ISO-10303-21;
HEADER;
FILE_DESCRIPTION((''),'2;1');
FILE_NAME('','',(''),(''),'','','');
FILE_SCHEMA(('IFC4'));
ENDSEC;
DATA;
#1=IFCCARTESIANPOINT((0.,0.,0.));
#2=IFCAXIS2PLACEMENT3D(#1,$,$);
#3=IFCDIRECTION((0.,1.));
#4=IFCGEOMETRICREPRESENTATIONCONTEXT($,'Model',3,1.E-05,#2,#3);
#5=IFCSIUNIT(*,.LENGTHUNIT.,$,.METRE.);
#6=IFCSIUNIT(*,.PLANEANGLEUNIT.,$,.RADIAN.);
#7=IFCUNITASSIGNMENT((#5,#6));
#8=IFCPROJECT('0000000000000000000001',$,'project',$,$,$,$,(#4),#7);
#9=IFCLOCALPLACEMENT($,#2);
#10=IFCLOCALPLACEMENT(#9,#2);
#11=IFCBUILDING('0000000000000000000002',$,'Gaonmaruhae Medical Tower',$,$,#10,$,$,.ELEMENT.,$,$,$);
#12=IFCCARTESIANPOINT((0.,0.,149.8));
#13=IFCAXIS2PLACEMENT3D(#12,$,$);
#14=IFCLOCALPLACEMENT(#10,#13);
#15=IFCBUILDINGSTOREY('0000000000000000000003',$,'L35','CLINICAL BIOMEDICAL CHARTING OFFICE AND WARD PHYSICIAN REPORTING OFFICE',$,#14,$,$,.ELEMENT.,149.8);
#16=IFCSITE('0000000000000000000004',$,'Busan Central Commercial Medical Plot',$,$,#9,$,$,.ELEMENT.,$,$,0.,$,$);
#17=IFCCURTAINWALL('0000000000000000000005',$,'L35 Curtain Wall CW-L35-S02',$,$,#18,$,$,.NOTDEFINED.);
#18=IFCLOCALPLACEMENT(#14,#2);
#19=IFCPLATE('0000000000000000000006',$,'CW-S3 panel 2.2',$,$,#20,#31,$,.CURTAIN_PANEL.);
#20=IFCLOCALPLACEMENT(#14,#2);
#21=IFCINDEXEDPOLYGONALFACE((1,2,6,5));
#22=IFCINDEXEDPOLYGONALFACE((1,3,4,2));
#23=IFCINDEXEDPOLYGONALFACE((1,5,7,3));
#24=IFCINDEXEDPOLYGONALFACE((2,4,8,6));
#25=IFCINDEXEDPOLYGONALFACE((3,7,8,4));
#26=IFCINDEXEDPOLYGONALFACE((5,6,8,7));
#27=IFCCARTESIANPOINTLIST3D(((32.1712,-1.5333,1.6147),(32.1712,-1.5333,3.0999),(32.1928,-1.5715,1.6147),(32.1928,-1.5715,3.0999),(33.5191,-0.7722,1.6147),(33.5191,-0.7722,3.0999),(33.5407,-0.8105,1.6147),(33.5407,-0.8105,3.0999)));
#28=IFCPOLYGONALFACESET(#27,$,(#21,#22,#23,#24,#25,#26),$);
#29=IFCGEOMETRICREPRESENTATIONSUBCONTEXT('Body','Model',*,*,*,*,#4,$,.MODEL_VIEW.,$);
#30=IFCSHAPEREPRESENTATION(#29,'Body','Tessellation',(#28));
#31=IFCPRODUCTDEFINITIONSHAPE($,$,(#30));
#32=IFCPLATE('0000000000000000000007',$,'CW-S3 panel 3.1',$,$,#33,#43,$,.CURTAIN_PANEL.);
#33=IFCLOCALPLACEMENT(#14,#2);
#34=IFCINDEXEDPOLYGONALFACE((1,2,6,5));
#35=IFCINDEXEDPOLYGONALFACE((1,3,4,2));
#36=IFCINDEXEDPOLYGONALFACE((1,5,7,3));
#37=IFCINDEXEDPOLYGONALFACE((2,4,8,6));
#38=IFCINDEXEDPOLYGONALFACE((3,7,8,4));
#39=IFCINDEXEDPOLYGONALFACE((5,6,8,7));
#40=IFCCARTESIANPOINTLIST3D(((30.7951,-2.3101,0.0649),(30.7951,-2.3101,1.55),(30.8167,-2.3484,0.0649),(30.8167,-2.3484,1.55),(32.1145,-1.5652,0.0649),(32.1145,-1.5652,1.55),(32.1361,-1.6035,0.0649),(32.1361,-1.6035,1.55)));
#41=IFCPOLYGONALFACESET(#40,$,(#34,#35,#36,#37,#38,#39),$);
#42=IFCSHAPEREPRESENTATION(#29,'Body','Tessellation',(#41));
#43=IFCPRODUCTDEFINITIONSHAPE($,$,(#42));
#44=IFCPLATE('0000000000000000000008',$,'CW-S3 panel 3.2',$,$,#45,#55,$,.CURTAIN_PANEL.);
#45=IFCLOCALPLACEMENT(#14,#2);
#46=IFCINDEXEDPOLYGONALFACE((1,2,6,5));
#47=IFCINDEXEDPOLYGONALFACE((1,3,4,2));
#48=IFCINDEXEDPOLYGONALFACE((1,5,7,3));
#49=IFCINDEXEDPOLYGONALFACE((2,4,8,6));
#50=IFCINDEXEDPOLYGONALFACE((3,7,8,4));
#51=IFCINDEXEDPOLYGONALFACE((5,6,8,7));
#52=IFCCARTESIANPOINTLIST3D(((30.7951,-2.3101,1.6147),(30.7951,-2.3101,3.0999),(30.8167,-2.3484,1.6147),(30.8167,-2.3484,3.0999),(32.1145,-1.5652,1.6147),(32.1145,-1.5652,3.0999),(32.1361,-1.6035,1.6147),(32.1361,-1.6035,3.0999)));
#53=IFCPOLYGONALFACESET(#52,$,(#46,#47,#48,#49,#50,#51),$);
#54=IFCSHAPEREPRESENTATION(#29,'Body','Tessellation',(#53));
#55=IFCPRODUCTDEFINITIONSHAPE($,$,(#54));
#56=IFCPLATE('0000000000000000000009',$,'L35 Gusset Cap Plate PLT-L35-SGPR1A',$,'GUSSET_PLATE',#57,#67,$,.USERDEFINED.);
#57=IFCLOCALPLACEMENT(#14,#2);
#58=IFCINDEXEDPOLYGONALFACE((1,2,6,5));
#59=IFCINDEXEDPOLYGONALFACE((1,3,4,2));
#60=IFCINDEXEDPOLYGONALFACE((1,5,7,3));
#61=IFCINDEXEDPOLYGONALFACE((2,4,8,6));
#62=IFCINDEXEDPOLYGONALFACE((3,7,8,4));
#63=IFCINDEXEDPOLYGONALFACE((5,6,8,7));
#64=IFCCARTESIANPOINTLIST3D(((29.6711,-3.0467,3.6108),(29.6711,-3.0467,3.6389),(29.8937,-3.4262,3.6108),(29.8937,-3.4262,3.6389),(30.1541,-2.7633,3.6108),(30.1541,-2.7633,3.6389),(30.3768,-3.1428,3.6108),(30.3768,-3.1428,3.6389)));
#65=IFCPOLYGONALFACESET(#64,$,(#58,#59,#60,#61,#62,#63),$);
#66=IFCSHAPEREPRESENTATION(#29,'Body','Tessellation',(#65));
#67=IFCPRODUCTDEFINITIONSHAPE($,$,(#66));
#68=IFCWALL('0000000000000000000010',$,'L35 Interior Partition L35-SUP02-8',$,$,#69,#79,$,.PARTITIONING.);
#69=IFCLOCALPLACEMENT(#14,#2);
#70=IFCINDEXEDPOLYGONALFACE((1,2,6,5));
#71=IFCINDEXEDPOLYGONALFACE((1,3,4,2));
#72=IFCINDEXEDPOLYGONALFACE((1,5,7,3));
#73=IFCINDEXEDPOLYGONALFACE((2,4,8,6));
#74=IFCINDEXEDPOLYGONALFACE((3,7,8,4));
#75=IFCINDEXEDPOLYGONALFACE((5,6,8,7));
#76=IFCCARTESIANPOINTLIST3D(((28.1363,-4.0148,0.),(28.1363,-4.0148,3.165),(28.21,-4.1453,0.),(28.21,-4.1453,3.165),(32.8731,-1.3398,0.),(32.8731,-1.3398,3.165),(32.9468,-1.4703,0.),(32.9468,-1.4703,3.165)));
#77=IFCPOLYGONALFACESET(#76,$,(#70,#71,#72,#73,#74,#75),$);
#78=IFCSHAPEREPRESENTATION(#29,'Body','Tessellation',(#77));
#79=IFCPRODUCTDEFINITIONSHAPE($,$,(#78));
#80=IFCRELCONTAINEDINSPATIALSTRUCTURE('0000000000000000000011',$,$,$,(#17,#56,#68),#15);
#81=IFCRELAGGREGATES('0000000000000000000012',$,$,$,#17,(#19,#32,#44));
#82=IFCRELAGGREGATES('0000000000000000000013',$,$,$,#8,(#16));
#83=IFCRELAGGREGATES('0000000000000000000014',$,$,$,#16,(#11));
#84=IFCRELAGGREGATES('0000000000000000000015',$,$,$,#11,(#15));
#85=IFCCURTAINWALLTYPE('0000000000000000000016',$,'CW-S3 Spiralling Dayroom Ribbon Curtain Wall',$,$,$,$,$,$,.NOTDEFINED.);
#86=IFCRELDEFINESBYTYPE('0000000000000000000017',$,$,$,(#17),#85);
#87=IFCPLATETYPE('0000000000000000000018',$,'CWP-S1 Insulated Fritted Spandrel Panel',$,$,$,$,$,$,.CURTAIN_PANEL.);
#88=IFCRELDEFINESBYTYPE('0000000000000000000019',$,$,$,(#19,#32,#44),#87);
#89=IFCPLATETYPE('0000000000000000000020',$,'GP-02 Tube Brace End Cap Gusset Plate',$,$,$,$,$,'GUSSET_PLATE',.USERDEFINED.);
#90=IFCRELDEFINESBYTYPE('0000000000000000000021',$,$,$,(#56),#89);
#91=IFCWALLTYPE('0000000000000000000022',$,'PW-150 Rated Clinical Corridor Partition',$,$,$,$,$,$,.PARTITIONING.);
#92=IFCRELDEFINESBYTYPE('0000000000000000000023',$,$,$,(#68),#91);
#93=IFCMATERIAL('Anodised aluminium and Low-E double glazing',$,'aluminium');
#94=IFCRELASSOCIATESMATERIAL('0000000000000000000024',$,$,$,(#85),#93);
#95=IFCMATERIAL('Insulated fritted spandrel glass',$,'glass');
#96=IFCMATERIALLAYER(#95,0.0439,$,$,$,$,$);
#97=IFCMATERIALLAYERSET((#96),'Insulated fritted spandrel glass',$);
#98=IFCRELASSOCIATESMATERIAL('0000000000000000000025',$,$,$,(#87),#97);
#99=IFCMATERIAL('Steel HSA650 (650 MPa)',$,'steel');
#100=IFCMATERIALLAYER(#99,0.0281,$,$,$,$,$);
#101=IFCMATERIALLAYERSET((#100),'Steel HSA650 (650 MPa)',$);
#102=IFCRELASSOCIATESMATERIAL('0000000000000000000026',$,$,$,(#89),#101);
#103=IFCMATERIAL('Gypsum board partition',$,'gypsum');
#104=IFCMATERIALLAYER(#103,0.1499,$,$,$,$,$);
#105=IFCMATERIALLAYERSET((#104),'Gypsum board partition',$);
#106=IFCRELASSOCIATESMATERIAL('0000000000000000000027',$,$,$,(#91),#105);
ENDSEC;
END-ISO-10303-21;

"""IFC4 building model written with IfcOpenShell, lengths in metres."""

from ifc_helpers import new_model, si_unit, direction, frame, frame_2d, origin, origin_2d, place, context, subcontext, project, spatial, rectangle, extrude, material, layer, layer_set, type_object, element, aggregate, save


model = new_model("IFC4")

# Units and contexts
model_context = context("Model", 3, precision=1e-05, world=origin(), true_north=direction((0.0, 1.0)))
body_context = subcontext(model_context, "Body", "Model", "MODEL_VIEW")
ifc_project = project(units=[si_unit("LENGTHUNIT", "METRE"), si_unit("PLANEANGLEUNIT", "RADIAN")], contexts=[model_context])

# Site, building, storey
site_placement = place(None, origin())
site = spatial("IfcSite", under=ifc_project, at=site_placement, Name="Busan Central Commercial Medical Plot", CompositionType="ELEMENT", RefElevation=0.0)
building_placement = place(site_placement, origin())
building = spatial("IfcBuilding", under=site, at=building_placement, Name="Gaonmaruhae Medical Tower", CompositionType="ELEMENT")
storey_placement = place(building_placement, frame((0.0, 0.0, 149.8)))
storey = spatial("IfcBuildingStorey", under=building, at=storey_placement, Name="L35", Description="CLINICAL BIOMEDICAL CHARTING OFFICE AND WARD PHYSICIAN REPORTING OFFICE", CompositionType="ELEMENT", Elevation=149.8)

# Shared definitions
ifc_material_1 = material(Name="Anodised aluminium and Low-E double glazing", Category="aluminium")

# Curtain wall
curtain_wall_type_1 = type_object("IfcCurtainWallType", Name="CW-S3 Spiralling Dayroom Ribbon Curtain Wall", PredefinedType="NOTDEFINED", material=ifc_material_1)
curtain_wall_1_placement = place(storey_placement, origin())
curtain_wall_1 = element("IfcCurtainWall", 1, at=curtain_wall_1_placement, inside=storey, type_object=curtain_wall_type_1, Name="L35 Curtain Wall CW-L35-S02", PredefinedType="NOTDEFINED")

# Plates
ifc_material_2 = material(Name="Insulated fritted spandrel glass", Category="glass")
ifc_layer_1 = layer(ifc_material_2, 0.0439)
ifc_layer_set_1 = layer_set([ifc_layer_1], Name="Insulated fritted spandrel glass")
plate_type_1 = type_object("IfcPlateType", Name="CWP-S1 Insulated Fritted Spandrel Panel", PredefinedType="CURTAIN_PANEL", material=ifc_layer_set_1)
plate_1_placement = place(storey_placement, frame((32.856, -1.1719, 1.6147), z_axis=(0.0, 0.0, 1.0), x_axis=(-0.870786, -0.491663, 0.0)))
plate_1 = element("IfcPlate", 2, at=plate_1_placement, type_object=plate_type_1, Name="CW-S3 panel 2.2", PredefinedType="CURTAIN_PANEL", context=body_context, shape_type="SweptSolid", body=[
    extrude(rectangle(XDim=1.5479, YDim=0.0439, at=origin_2d()), origin(), (0.0, 0.0, 1.0), 1.4851),
])
plate_2_placement = place(storey_placement, frame((31.4656, -1.9568, 0.0649), z_axis=(0.0, 0.0, 1.0), x_axis=(-0.870786, -0.491663, 0.0)))
plate_2 = element("IfcPlate", 3, at=plate_2_placement, type_object=plate_type_1, Name="CW-S3 panel 3.1", PredefinedType="CURTAIN_PANEL", context=body_context, shape_type="SweptSolid", body=[
    extrude(rectangle(XDim=1.5151, YDim=0.0439, at=origin_2d()), origin(), (0.0, 0.0, 1.0), 1.4851),
])
plate_3_placement = place(storey_placement, frame((31.4656, -1.9568, 1.6147), z_axis=(0.0, 0.0, 1.0), x_axis=(-0.870786, -0.491663, 0.0)))
plate_3 = element("IfcPlate", 4, at=plate_3_placement, type_object=plate_type_1, Name="CW-S3 panel 3.2", PredefinedType="CURTAIN_PANEL", context=body_context, shape_type="SweptSolid", body=[
    extrude(rectangle(XDim=1.5151, YDim=0.0439, at=origin_2d()), origin(), (0.0, 0.0, 1.0), 1.4851),
])
aggregate(curtain_wall_1, [plate_1, plate_2, plate_3])
ifc_material_3 = material(Name="Steel HSA650 (650 MPa)", Category="steel")
ifc_layer_2 = layer(ifc_material_3, 0.0281)
ifc_layer_set_2 = layer_set([ifc_layer_2], Name="Steel HSA650 (650 MPa)")
plate_type_2 = type_object("IfcPlateType", Name="GP-02 Tube Brace End Cap Gusset Plate", ElementType="GUSSET_PLATE", PredefinedType="USERDEFINED", material=ifc_layer_set_2)
plate_4_placement = place(storey_placement, frame((30.0239, -3.0947, 3.6108), z_axis=(0.0, 0.0, 1.0), x_axis=(0.862514, 0.506034, 0.0)))
element("IfcPlate", 5, at=plate_4_placement, inside=storey, type_object=plate_type_2, Name="L35 Gusset Cap Plate PLT-L35-SGPR1A", ObjectType="GUSSET_PLATE", PredefinedType="USERDEFINED", context=body_context, shape_type="SweptSolid", body=[
    extrude(rectangle(XDim=0.5601, YDim=0.4399, at=origin_2d()), origin(), (0.0, 0.0, 1.0), 0.0281),
])

# Wall
ifc_material_4 = material(Name="Gypsum board partition", Category="gypsum")
ifc_layer_3 = layer(ifc_material_4, 0.1499)
ifc_layer_set_3 = layer_set([ifc_layer_3], Name="Gypsum board partition")
wall_type = type_object("IfcWallType", Name="PW-150 Rated Clinical Corridor Partition", PredefinedType="PARTITIONING", material=ifc_layer_set_3)
wall_placement = place(storey_placement, frame((32.9099, -1.405, 0.0), z_axis=(0.0, 0.0, 1.0), x_axis=(-0.870742, -0.491739, 0.0)))
element("IfcWall", 6, at=wall_placement, inside=storey, type_object=wall_type, Name="L35 Interior Partition L35-SUP02-8", PredefinedType="PARTITIONING", context=body_context, shape_type="SweptSolid", body=[
    extrude(rectangle(XDim=5.4399, YDim=0.1499, at=frame_2d((2.72, 0.0))), origin(), (0.0, 0.0, 1.0), 3.165),
])

save(model, "model.ifc")
